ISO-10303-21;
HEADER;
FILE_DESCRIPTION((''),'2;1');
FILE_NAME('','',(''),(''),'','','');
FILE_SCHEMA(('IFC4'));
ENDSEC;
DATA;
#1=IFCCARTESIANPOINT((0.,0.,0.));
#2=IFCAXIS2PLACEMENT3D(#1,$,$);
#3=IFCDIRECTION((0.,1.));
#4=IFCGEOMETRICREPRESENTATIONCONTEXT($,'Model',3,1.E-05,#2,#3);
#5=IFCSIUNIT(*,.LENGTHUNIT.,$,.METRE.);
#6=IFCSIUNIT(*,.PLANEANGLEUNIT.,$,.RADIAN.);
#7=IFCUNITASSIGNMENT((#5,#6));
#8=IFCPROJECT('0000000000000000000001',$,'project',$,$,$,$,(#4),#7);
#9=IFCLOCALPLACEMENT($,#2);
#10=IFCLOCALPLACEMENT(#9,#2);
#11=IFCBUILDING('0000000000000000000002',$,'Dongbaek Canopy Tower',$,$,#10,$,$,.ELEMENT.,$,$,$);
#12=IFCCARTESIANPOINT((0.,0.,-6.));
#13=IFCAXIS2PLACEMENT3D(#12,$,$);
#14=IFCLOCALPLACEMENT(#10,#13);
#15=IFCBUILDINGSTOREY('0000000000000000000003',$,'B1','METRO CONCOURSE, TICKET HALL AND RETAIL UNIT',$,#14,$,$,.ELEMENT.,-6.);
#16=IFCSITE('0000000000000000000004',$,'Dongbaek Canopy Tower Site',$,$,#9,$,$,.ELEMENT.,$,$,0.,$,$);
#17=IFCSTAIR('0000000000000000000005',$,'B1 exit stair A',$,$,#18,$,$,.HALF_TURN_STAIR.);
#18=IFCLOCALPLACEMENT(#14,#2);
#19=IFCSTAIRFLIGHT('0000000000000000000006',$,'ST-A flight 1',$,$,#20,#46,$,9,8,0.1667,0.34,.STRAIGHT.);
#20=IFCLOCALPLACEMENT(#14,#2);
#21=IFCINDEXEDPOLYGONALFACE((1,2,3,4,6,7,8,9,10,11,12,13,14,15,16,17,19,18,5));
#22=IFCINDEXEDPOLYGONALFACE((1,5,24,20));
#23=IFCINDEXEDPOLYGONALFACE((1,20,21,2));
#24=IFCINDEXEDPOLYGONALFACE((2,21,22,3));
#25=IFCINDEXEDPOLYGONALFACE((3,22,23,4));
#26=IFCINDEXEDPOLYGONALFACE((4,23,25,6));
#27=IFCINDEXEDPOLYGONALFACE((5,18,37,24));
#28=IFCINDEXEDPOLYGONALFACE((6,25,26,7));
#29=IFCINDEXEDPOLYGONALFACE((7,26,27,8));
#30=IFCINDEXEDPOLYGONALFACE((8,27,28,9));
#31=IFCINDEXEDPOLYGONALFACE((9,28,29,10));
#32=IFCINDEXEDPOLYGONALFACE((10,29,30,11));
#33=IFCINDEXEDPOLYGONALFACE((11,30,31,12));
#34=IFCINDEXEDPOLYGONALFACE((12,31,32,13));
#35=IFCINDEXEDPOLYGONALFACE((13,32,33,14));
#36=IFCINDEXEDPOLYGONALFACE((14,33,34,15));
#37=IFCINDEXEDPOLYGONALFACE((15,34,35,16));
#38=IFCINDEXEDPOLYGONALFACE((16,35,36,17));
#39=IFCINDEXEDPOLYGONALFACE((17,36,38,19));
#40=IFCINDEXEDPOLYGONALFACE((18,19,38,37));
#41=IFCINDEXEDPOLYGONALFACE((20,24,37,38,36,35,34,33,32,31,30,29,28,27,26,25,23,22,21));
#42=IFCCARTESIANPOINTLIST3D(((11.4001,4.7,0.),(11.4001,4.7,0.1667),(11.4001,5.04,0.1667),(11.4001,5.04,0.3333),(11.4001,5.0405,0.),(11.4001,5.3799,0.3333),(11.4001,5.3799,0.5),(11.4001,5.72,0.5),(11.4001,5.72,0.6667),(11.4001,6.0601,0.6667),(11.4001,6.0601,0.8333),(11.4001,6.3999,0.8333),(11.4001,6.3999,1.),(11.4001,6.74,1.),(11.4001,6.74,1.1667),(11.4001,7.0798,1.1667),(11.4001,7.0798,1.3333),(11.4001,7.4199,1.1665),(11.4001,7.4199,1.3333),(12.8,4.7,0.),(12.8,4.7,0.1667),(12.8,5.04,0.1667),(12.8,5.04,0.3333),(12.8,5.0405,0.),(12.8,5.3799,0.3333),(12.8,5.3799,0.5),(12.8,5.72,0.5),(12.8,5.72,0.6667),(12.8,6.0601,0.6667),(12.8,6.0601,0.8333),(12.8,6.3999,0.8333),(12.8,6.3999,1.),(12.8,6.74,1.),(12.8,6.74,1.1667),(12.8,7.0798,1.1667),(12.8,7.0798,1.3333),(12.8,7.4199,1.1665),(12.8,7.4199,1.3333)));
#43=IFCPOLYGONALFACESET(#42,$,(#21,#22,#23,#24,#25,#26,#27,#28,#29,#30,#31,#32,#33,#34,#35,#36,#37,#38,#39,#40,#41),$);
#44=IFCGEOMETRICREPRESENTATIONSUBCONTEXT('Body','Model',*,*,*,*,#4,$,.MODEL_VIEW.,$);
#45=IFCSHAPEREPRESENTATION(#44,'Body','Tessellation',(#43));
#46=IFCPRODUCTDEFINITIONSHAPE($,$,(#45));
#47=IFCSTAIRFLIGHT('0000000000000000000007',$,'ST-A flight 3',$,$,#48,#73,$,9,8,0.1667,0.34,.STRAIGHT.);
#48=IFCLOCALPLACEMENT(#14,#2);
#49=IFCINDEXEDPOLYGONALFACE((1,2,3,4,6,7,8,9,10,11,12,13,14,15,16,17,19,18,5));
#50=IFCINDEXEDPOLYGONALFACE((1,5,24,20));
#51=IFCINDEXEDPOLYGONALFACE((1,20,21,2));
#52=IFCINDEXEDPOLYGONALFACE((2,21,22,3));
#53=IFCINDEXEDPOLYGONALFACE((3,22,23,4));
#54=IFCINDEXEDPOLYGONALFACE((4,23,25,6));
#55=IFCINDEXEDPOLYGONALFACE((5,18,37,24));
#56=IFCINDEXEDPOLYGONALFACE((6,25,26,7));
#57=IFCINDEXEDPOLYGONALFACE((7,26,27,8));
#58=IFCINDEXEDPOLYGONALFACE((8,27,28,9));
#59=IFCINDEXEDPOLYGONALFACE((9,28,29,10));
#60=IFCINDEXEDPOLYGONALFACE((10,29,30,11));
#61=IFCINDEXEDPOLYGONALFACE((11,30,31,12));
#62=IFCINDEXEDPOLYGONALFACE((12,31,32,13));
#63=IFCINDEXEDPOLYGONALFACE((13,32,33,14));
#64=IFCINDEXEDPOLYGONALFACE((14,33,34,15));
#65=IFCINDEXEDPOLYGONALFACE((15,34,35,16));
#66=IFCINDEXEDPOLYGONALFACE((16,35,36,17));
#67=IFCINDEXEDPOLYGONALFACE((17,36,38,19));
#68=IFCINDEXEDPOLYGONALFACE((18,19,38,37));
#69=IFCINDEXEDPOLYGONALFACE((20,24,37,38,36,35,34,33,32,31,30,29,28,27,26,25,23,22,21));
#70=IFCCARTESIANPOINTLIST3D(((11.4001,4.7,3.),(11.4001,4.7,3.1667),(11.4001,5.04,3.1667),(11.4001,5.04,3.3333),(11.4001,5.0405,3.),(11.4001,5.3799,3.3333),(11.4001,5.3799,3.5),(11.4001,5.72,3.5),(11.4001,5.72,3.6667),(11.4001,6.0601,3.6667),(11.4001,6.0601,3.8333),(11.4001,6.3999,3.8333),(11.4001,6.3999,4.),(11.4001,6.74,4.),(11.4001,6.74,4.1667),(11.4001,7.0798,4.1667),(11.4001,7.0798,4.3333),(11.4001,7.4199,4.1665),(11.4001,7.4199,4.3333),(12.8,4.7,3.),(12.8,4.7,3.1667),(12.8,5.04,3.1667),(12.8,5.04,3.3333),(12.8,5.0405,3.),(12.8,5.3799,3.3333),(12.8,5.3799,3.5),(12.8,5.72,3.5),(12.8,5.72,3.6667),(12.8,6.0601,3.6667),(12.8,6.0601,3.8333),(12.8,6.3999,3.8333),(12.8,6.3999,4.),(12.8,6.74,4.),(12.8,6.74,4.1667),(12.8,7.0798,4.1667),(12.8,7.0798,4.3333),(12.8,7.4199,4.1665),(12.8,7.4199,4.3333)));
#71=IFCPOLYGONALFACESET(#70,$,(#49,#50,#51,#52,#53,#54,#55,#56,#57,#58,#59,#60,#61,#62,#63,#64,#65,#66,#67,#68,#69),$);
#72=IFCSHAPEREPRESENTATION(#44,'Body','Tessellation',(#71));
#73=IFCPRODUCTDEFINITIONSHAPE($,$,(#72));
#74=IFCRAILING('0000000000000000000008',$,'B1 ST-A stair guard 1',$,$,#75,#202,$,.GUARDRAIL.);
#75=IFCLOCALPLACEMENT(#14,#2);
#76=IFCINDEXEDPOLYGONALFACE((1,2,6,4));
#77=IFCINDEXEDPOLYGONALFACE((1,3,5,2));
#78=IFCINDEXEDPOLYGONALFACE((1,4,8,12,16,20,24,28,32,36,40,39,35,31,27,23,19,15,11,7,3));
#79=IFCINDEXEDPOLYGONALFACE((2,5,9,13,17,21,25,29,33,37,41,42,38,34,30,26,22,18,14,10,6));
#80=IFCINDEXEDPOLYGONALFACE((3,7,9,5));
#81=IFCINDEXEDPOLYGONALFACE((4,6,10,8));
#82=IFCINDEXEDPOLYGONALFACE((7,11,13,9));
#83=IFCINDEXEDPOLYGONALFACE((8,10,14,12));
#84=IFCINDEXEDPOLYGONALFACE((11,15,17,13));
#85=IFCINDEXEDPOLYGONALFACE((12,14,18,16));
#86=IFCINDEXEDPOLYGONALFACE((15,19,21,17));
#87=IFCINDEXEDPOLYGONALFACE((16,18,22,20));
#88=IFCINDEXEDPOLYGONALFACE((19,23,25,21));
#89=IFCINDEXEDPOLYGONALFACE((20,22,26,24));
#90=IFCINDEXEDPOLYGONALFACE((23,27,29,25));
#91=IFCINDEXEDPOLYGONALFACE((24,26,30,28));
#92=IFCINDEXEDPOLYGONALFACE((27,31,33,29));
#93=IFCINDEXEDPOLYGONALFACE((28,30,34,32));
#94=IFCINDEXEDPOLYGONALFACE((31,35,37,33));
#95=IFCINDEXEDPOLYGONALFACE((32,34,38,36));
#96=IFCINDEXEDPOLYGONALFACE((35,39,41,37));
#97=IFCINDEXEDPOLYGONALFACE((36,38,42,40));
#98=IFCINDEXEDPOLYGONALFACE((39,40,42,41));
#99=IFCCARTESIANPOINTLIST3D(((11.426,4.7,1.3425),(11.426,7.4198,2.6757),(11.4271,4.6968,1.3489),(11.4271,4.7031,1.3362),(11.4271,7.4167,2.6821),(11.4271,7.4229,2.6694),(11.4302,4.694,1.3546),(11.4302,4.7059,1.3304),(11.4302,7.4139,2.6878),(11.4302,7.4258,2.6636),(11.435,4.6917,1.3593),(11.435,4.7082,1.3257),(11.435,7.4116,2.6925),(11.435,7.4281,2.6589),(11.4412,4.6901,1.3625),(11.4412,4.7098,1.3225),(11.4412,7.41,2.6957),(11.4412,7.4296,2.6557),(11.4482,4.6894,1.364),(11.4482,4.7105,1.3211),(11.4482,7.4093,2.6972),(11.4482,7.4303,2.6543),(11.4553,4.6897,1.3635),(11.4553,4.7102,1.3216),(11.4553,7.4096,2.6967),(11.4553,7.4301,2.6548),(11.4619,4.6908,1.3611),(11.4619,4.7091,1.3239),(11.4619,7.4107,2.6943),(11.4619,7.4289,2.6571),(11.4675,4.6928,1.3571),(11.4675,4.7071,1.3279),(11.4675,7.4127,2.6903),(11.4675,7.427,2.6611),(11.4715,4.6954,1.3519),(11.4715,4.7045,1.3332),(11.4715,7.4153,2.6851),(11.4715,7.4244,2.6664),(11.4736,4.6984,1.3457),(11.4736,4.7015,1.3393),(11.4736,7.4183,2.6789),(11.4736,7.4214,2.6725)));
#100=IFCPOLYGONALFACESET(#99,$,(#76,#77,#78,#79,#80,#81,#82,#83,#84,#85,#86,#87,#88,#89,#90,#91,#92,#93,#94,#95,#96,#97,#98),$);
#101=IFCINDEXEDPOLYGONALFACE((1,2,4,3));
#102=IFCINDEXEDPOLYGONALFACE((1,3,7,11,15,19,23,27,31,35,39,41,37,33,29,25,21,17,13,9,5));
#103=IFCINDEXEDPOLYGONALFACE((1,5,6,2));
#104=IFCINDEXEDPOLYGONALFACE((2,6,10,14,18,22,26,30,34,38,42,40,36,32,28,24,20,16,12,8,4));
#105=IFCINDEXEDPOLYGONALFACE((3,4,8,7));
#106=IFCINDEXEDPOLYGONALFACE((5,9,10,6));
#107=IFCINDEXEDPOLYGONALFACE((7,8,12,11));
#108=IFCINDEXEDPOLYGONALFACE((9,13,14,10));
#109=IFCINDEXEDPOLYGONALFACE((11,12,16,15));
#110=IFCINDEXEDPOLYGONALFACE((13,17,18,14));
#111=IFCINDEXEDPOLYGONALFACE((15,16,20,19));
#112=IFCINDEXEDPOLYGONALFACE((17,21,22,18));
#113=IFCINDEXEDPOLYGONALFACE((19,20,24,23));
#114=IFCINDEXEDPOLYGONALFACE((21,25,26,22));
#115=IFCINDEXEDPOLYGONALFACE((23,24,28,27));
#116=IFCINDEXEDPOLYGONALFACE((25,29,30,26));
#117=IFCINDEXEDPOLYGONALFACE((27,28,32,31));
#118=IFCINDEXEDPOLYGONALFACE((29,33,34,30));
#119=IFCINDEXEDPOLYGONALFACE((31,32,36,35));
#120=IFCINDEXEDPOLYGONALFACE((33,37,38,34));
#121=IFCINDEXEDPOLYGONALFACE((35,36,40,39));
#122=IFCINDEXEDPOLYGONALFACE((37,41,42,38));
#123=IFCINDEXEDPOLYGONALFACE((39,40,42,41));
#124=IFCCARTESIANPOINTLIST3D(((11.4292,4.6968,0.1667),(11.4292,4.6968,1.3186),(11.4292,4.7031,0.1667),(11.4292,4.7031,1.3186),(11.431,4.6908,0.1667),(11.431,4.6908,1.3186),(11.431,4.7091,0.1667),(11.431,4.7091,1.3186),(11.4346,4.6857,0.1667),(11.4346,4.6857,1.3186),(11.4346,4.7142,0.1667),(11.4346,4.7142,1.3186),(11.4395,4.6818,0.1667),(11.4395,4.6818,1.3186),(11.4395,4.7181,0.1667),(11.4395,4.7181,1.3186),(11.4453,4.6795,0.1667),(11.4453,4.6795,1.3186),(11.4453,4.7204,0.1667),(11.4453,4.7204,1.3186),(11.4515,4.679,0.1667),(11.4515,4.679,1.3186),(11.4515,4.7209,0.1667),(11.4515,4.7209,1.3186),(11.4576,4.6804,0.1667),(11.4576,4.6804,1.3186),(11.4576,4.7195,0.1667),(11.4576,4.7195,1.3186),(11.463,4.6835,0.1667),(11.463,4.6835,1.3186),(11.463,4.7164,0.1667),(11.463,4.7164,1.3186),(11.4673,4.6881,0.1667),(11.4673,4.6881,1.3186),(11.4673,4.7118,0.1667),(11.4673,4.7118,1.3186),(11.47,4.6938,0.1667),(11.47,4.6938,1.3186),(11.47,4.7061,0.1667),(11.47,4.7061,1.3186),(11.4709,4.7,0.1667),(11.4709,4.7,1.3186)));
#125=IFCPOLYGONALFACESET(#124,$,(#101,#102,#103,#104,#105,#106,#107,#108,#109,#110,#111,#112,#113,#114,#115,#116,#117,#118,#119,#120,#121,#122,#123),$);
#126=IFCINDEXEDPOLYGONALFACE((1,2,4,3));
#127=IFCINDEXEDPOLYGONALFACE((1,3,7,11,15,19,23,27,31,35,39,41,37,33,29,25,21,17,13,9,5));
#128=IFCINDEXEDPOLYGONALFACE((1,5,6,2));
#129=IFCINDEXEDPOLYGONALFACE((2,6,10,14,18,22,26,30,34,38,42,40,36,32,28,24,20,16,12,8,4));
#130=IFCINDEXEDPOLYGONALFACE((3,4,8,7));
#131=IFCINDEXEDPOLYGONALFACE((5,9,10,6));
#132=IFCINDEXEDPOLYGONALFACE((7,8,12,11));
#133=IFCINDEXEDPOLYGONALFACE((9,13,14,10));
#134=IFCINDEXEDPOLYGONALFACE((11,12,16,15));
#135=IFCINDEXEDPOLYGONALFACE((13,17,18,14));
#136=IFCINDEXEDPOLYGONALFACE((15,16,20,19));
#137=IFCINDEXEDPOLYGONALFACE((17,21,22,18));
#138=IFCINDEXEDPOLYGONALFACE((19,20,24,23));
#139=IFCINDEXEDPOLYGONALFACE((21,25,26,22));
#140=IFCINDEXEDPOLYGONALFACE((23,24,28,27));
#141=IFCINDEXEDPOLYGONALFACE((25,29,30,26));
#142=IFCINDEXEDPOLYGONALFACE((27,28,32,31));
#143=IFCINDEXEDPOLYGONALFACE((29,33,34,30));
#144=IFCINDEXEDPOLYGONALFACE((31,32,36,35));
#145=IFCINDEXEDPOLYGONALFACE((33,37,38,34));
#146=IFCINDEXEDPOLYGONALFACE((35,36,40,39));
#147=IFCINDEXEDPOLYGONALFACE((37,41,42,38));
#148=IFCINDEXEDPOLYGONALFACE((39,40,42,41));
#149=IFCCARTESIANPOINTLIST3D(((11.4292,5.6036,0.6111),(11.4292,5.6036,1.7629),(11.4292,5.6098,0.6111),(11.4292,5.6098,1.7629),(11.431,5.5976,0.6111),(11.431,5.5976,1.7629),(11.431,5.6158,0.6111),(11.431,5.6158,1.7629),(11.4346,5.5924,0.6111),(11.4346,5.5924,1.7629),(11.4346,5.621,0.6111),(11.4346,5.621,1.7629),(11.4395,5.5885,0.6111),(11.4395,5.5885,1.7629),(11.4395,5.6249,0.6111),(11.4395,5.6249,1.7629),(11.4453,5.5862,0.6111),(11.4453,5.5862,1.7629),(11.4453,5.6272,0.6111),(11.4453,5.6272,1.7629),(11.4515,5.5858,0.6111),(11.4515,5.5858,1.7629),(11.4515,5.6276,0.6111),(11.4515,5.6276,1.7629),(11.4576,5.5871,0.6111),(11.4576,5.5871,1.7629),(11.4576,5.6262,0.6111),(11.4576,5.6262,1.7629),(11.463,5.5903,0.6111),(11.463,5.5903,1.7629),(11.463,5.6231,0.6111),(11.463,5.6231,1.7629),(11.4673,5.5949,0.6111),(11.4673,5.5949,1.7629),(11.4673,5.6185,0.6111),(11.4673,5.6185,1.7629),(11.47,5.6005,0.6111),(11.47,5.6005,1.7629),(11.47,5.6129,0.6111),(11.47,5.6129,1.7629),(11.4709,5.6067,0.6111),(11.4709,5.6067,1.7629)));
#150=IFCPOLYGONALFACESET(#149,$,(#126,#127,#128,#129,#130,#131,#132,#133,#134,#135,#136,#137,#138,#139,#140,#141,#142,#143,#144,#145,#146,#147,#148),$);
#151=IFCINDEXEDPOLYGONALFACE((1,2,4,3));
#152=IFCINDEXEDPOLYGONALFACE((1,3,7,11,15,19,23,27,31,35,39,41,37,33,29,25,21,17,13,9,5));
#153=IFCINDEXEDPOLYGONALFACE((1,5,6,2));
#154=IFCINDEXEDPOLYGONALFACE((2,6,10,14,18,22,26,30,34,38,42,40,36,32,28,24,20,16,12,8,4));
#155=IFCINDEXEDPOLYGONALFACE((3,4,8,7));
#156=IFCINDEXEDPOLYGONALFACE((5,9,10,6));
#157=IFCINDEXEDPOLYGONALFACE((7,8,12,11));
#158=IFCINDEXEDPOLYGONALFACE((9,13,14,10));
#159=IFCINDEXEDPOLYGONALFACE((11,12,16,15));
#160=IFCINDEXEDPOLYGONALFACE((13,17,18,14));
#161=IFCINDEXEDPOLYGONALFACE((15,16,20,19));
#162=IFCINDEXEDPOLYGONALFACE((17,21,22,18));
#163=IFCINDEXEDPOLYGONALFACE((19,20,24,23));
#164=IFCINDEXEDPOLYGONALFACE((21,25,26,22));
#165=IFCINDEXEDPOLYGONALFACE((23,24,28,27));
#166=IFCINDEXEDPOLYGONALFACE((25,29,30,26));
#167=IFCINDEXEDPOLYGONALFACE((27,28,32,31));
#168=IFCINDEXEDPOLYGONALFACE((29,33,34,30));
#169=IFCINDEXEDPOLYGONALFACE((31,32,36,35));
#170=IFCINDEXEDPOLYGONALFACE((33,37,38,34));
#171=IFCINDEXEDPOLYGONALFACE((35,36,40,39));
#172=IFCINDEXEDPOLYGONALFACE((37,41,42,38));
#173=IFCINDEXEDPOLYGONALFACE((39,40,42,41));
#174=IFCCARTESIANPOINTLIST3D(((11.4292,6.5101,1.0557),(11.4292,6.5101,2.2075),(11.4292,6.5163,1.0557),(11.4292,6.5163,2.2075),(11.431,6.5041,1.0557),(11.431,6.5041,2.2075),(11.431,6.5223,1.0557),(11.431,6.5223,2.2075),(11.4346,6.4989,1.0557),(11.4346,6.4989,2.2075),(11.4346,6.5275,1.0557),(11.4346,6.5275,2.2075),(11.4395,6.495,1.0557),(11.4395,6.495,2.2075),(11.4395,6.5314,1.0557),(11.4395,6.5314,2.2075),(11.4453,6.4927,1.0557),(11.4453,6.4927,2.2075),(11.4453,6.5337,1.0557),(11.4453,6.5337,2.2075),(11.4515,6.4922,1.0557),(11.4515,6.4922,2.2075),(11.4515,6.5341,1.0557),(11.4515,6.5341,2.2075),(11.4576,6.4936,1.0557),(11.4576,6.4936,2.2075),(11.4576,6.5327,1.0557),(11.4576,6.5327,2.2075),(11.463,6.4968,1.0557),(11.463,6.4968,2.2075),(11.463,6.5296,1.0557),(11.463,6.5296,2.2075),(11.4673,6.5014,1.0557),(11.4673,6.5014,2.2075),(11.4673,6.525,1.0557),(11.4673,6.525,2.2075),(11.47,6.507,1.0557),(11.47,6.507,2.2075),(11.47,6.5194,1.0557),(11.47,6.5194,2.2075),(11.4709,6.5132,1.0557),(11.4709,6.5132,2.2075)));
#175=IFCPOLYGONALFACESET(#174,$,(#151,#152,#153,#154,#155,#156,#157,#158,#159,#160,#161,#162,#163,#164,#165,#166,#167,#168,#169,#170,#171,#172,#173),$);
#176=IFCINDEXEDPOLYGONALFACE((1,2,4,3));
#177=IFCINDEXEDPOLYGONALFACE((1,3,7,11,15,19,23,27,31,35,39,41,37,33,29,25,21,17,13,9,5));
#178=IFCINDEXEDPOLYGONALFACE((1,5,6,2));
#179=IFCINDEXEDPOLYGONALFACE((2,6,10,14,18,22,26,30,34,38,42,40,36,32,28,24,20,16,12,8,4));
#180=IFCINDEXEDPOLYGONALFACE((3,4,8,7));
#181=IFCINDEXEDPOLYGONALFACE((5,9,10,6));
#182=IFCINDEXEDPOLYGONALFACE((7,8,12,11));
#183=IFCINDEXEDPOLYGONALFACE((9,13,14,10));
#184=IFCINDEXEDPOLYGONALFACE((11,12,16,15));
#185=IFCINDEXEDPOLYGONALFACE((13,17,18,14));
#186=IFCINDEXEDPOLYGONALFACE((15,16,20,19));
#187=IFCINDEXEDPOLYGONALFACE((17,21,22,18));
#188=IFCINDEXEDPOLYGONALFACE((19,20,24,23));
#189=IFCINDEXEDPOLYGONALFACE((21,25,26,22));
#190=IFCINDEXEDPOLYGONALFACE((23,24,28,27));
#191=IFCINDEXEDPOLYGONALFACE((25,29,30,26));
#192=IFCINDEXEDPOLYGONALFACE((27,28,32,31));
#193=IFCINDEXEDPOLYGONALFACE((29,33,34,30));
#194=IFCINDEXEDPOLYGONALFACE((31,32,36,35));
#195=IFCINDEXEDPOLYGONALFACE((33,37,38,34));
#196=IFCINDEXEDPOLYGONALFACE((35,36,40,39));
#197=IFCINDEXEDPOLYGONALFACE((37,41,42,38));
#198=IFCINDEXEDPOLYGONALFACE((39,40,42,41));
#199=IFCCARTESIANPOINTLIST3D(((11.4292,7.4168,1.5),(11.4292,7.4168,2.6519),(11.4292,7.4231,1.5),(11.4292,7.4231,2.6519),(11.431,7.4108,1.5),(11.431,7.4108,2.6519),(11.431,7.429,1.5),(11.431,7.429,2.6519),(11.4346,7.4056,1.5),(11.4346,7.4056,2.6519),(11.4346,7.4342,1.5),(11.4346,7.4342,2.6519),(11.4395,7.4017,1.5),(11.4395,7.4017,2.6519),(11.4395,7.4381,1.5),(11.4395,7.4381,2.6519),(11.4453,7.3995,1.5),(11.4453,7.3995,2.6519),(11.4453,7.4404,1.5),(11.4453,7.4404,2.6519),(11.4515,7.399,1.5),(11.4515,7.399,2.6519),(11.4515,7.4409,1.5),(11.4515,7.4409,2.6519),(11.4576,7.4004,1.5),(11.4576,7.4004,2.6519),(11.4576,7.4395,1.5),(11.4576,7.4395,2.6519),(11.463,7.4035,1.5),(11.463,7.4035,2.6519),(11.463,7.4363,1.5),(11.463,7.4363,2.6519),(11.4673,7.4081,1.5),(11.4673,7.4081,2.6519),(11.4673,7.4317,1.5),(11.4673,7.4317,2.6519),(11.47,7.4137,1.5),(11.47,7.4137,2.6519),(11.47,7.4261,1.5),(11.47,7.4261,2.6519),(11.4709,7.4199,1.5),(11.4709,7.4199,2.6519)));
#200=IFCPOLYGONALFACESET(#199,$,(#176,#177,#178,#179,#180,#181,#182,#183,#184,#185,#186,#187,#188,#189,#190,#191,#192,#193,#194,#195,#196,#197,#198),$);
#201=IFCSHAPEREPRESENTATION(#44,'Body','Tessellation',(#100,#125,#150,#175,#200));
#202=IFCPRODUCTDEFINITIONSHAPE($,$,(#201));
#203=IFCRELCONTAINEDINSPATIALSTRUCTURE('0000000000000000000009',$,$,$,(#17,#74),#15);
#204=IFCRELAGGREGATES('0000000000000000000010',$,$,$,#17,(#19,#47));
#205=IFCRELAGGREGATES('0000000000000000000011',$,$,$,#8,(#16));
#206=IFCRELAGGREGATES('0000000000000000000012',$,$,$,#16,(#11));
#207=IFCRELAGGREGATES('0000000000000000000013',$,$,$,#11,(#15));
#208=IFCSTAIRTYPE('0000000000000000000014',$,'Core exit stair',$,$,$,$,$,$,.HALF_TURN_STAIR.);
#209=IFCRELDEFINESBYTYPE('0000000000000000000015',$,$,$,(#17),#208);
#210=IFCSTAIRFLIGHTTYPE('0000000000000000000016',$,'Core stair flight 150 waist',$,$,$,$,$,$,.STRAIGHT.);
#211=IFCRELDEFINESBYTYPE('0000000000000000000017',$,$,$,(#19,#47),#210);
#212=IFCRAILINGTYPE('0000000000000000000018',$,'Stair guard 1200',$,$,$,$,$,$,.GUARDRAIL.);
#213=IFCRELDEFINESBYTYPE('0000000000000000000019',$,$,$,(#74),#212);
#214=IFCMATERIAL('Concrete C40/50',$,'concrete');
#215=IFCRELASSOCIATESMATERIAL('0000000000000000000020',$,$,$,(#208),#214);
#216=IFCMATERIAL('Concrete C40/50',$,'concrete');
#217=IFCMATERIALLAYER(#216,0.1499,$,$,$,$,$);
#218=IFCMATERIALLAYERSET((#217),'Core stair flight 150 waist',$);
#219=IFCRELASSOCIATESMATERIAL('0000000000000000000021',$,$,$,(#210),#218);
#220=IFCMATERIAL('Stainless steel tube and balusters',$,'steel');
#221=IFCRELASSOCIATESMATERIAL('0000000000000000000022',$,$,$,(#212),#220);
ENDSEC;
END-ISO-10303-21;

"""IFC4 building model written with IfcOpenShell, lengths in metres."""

from ifc_helpers import new_model, si_unit, direction, frame, origin, origin_2d, place, context, subcontext, project, spatial, polyline, circle, outline, extrude, material, layer, layer_set, type_object, element, aggregate, save


model = new_model("IFC4")

# Units and contexts
model_context = context("Model", 3, precision=1e-05, world=origin(), true_north=direction((0.0, 1.0)))
body_context = subcontext(model_context, "Body", "Model", "MODEL_VIEW")
ifc_project = project(units=[si_unit("LENGTHUNIT", "METRE"), si_unit("PLANEANGLEUNIT", "RADIAN")], contexts=[model_context])

# Site, building, storey
site_placement = place(None, origin())
site = spatial("IfcSite", under=ifc_project, at=site_placement, Name="Dongbaek Canopy Tower Site", CompositionType="ELEMENT", RefElevation=0.0)
building_placement = place(site_placement, origin())
building = spatial("IfcBuilding", under=site, at=building_placement, Name="Dongbaek Canopy Tower", CompositionType="ELEMENT")
storey_placement = place(building_placement, frame((0.0, 0.0, -6.0)))
storey = spatial("IfcBuildingStorey", under=building, at=storey_placement, Name="B1", Description="METRO CONCOURSE, TICKET HALL AND RETAIL UNIT", CompositionType="ELEMENT", Elevation=-6.0)

# Stair, stair flights
ifc_material_1 = material(Name="Concrete C40/50", Category="concrete")
stair_type = type_object("IfcStairType", Name="Core exit stair", PredefinedType="HALF_TURN_STAIR", material=ifc_material_1)
stair_placement = place(storey_placement, origin())
stair = element("IfcStair", 1, at=stair_placement, inside=storey, type_object=stair_type, Name="B1 exit stair A", PredefinedType="HALF_TURN_STAIR")
ifc_material_2 = material(Name="Concrete C40/50", Category="concrete")
ifc_layer_1 = layer(ifc_material_2, 0.1499)
ifc_layer_set_1 = layer_set([ifc_layer_1], Name="Core stair flight 150 waist")
stair_flight_type = type_object("IfcStairFlightType", Name="Core stair flight 150 waist", PredefinedType="STRAIGHT", material=ifc_layer_set_1)
stair_flight_1_placement = place(storey_placement, frame((12.1001, 4.7, 0.0), z_axis=(0.0, 0.0, 1.0), x_axis=(0.0, 1.0, 0.0)))
stair_flight_1 = element("IfcStairFlight", 2, at=stair_flight_1_placement, type_object=stair_flight_type, Name="ST-A flight 1", NumberOfRisers=9, NumberOfTreads=8, PredefinedType="STRAIGHT", RiserHeight=0.1667, TreadLength=0.34, context=body_context, shape_type="SweptSolid", body=[
    extrude(outline(polyline([(0.0, 0.0), (0.0, 0.1667), (0.3401, 0.1667), (0.3401, 0.3333), (0.6799, 0.3333), (0.6799, 0.5), (1.02, 0.5), (1.02, 0.6667), (1.3601, 0.6667), (1.3601, 0.8333), (1.7, 0.8333), (1.7, 1.0), (2.04, 1.0), (2.04, 1.1667), (2.3799, 1.1667), (2.3799, 1.3333), (2.72, 1.3333), (2.72, 1.5), (2.72, 1.1665), (0.3406, 0.0), (0.0, 0.0)])), frame((0.0, 0.7, 0.0), z_axis=(0.0, -1.0, 0.0), x_axis=(1.0, 0.0, 0.0)), (0.0, 0.0, 1.0), 1.3999),
])
stair_flight_2_placement = place(storey_placement, frame((12.1001, 4.7, 3.0), z_axis=(0.0, 0.0, 1.0), x_axis=(0.0, 1.0, 0.0)))
stair_flight_2 = element("IfcStairFlight", 3, at=stair_flight_2_placement, type_object=stair_flight_type, Name="ST-A flight 3", NumberOfRisers=9, NumberOfTreads=8, PredefinedType="STRAIGHT", RiserHeight=0.1667, TreadLength=0.34, context=body_context, shape_type="SweptSolid", body=[
    extrude(outline(polyline([(0.0, 0.0), (0.0, 0.1667), (0.3401, 0.1667), (0.3401, 0.3333), (0.6799, 0.3333), (0.6799, 0.5), (1.02, 0.5), (1.02, 0.6667), (1.3601, 0.6667), (1.3601, 0.8333), (1.7, 0.8333), (1.7, 1.0), (2.04, 1.0), (2.04, 1.1667), (2.3799, 1.1667), (2.3799, 1.3333), (2.72, 1.3333), (2.72, 1.5), (2.72, 1.1665), (0.3406, 0.0), (0.0, 0.0)])), frame((0.0, 0.7, 0.0), z_axis=(0.0, -1.0, 0.0), x_axis=(1.0, 0.0, 0.0)), (0.0, 0.0, 1.0), 1.3999),
])
aggregate(stair, [stair_flight_1, stair_flight_2])

# Railing
ifc_material_3 = material(Name="Stainless steel tube and balusters", Category="steel")
railing_type_1 = type_object("IfcRailingType", Name="Stair guard 1200", PredefinedType="GUARDRAIL", material=ifc_material_3)
railing_1_placement = place(storey_placement, frame((11.45, 4.7, 0.1667)))
element("IfcRailing", 4, at=railing_1_placement, inside=storey, type_object=railing_type_1, Name="B1 ST-A stair guard 1", PredefinedType="GUARDRAIL", context=body_context, shape_type="SweptSolid", body=[
    extrude(circle(Radius=0.0239, at=origin_2d()), frame((0.0, 0.0, 1.1758), z_axis=(0.0, 0.897929, 0.440139), x_axis=(-1.0, 0.0, 0.0)), (0.0, 0.0, 1.0), 3.0291),
    extrude(circle(Radius=0.021, at=origin_2d()), origin(), (0.0, 0.0, 1.0), 1.1519),
    extrude(circle(Radius=0.021, at=origin_2d()), frame((0.0, 0.9067, 0.4443)), (0.0, 0.0, 1.0), 1.1519),
    extrude(circle(Radius=0.021, at=origin_2d()), frame((0.0, 1.8132, 0.8889)), (0.0, 0.0, 1.0), 1.1519),
    extrude(circle(Radius=0.021, at=origin_2d()), frame((0.0, 2.72, 1.3333)), (0.0, 0.0, 1.0), 1.1519),
])

save(model, "model.ifc")
